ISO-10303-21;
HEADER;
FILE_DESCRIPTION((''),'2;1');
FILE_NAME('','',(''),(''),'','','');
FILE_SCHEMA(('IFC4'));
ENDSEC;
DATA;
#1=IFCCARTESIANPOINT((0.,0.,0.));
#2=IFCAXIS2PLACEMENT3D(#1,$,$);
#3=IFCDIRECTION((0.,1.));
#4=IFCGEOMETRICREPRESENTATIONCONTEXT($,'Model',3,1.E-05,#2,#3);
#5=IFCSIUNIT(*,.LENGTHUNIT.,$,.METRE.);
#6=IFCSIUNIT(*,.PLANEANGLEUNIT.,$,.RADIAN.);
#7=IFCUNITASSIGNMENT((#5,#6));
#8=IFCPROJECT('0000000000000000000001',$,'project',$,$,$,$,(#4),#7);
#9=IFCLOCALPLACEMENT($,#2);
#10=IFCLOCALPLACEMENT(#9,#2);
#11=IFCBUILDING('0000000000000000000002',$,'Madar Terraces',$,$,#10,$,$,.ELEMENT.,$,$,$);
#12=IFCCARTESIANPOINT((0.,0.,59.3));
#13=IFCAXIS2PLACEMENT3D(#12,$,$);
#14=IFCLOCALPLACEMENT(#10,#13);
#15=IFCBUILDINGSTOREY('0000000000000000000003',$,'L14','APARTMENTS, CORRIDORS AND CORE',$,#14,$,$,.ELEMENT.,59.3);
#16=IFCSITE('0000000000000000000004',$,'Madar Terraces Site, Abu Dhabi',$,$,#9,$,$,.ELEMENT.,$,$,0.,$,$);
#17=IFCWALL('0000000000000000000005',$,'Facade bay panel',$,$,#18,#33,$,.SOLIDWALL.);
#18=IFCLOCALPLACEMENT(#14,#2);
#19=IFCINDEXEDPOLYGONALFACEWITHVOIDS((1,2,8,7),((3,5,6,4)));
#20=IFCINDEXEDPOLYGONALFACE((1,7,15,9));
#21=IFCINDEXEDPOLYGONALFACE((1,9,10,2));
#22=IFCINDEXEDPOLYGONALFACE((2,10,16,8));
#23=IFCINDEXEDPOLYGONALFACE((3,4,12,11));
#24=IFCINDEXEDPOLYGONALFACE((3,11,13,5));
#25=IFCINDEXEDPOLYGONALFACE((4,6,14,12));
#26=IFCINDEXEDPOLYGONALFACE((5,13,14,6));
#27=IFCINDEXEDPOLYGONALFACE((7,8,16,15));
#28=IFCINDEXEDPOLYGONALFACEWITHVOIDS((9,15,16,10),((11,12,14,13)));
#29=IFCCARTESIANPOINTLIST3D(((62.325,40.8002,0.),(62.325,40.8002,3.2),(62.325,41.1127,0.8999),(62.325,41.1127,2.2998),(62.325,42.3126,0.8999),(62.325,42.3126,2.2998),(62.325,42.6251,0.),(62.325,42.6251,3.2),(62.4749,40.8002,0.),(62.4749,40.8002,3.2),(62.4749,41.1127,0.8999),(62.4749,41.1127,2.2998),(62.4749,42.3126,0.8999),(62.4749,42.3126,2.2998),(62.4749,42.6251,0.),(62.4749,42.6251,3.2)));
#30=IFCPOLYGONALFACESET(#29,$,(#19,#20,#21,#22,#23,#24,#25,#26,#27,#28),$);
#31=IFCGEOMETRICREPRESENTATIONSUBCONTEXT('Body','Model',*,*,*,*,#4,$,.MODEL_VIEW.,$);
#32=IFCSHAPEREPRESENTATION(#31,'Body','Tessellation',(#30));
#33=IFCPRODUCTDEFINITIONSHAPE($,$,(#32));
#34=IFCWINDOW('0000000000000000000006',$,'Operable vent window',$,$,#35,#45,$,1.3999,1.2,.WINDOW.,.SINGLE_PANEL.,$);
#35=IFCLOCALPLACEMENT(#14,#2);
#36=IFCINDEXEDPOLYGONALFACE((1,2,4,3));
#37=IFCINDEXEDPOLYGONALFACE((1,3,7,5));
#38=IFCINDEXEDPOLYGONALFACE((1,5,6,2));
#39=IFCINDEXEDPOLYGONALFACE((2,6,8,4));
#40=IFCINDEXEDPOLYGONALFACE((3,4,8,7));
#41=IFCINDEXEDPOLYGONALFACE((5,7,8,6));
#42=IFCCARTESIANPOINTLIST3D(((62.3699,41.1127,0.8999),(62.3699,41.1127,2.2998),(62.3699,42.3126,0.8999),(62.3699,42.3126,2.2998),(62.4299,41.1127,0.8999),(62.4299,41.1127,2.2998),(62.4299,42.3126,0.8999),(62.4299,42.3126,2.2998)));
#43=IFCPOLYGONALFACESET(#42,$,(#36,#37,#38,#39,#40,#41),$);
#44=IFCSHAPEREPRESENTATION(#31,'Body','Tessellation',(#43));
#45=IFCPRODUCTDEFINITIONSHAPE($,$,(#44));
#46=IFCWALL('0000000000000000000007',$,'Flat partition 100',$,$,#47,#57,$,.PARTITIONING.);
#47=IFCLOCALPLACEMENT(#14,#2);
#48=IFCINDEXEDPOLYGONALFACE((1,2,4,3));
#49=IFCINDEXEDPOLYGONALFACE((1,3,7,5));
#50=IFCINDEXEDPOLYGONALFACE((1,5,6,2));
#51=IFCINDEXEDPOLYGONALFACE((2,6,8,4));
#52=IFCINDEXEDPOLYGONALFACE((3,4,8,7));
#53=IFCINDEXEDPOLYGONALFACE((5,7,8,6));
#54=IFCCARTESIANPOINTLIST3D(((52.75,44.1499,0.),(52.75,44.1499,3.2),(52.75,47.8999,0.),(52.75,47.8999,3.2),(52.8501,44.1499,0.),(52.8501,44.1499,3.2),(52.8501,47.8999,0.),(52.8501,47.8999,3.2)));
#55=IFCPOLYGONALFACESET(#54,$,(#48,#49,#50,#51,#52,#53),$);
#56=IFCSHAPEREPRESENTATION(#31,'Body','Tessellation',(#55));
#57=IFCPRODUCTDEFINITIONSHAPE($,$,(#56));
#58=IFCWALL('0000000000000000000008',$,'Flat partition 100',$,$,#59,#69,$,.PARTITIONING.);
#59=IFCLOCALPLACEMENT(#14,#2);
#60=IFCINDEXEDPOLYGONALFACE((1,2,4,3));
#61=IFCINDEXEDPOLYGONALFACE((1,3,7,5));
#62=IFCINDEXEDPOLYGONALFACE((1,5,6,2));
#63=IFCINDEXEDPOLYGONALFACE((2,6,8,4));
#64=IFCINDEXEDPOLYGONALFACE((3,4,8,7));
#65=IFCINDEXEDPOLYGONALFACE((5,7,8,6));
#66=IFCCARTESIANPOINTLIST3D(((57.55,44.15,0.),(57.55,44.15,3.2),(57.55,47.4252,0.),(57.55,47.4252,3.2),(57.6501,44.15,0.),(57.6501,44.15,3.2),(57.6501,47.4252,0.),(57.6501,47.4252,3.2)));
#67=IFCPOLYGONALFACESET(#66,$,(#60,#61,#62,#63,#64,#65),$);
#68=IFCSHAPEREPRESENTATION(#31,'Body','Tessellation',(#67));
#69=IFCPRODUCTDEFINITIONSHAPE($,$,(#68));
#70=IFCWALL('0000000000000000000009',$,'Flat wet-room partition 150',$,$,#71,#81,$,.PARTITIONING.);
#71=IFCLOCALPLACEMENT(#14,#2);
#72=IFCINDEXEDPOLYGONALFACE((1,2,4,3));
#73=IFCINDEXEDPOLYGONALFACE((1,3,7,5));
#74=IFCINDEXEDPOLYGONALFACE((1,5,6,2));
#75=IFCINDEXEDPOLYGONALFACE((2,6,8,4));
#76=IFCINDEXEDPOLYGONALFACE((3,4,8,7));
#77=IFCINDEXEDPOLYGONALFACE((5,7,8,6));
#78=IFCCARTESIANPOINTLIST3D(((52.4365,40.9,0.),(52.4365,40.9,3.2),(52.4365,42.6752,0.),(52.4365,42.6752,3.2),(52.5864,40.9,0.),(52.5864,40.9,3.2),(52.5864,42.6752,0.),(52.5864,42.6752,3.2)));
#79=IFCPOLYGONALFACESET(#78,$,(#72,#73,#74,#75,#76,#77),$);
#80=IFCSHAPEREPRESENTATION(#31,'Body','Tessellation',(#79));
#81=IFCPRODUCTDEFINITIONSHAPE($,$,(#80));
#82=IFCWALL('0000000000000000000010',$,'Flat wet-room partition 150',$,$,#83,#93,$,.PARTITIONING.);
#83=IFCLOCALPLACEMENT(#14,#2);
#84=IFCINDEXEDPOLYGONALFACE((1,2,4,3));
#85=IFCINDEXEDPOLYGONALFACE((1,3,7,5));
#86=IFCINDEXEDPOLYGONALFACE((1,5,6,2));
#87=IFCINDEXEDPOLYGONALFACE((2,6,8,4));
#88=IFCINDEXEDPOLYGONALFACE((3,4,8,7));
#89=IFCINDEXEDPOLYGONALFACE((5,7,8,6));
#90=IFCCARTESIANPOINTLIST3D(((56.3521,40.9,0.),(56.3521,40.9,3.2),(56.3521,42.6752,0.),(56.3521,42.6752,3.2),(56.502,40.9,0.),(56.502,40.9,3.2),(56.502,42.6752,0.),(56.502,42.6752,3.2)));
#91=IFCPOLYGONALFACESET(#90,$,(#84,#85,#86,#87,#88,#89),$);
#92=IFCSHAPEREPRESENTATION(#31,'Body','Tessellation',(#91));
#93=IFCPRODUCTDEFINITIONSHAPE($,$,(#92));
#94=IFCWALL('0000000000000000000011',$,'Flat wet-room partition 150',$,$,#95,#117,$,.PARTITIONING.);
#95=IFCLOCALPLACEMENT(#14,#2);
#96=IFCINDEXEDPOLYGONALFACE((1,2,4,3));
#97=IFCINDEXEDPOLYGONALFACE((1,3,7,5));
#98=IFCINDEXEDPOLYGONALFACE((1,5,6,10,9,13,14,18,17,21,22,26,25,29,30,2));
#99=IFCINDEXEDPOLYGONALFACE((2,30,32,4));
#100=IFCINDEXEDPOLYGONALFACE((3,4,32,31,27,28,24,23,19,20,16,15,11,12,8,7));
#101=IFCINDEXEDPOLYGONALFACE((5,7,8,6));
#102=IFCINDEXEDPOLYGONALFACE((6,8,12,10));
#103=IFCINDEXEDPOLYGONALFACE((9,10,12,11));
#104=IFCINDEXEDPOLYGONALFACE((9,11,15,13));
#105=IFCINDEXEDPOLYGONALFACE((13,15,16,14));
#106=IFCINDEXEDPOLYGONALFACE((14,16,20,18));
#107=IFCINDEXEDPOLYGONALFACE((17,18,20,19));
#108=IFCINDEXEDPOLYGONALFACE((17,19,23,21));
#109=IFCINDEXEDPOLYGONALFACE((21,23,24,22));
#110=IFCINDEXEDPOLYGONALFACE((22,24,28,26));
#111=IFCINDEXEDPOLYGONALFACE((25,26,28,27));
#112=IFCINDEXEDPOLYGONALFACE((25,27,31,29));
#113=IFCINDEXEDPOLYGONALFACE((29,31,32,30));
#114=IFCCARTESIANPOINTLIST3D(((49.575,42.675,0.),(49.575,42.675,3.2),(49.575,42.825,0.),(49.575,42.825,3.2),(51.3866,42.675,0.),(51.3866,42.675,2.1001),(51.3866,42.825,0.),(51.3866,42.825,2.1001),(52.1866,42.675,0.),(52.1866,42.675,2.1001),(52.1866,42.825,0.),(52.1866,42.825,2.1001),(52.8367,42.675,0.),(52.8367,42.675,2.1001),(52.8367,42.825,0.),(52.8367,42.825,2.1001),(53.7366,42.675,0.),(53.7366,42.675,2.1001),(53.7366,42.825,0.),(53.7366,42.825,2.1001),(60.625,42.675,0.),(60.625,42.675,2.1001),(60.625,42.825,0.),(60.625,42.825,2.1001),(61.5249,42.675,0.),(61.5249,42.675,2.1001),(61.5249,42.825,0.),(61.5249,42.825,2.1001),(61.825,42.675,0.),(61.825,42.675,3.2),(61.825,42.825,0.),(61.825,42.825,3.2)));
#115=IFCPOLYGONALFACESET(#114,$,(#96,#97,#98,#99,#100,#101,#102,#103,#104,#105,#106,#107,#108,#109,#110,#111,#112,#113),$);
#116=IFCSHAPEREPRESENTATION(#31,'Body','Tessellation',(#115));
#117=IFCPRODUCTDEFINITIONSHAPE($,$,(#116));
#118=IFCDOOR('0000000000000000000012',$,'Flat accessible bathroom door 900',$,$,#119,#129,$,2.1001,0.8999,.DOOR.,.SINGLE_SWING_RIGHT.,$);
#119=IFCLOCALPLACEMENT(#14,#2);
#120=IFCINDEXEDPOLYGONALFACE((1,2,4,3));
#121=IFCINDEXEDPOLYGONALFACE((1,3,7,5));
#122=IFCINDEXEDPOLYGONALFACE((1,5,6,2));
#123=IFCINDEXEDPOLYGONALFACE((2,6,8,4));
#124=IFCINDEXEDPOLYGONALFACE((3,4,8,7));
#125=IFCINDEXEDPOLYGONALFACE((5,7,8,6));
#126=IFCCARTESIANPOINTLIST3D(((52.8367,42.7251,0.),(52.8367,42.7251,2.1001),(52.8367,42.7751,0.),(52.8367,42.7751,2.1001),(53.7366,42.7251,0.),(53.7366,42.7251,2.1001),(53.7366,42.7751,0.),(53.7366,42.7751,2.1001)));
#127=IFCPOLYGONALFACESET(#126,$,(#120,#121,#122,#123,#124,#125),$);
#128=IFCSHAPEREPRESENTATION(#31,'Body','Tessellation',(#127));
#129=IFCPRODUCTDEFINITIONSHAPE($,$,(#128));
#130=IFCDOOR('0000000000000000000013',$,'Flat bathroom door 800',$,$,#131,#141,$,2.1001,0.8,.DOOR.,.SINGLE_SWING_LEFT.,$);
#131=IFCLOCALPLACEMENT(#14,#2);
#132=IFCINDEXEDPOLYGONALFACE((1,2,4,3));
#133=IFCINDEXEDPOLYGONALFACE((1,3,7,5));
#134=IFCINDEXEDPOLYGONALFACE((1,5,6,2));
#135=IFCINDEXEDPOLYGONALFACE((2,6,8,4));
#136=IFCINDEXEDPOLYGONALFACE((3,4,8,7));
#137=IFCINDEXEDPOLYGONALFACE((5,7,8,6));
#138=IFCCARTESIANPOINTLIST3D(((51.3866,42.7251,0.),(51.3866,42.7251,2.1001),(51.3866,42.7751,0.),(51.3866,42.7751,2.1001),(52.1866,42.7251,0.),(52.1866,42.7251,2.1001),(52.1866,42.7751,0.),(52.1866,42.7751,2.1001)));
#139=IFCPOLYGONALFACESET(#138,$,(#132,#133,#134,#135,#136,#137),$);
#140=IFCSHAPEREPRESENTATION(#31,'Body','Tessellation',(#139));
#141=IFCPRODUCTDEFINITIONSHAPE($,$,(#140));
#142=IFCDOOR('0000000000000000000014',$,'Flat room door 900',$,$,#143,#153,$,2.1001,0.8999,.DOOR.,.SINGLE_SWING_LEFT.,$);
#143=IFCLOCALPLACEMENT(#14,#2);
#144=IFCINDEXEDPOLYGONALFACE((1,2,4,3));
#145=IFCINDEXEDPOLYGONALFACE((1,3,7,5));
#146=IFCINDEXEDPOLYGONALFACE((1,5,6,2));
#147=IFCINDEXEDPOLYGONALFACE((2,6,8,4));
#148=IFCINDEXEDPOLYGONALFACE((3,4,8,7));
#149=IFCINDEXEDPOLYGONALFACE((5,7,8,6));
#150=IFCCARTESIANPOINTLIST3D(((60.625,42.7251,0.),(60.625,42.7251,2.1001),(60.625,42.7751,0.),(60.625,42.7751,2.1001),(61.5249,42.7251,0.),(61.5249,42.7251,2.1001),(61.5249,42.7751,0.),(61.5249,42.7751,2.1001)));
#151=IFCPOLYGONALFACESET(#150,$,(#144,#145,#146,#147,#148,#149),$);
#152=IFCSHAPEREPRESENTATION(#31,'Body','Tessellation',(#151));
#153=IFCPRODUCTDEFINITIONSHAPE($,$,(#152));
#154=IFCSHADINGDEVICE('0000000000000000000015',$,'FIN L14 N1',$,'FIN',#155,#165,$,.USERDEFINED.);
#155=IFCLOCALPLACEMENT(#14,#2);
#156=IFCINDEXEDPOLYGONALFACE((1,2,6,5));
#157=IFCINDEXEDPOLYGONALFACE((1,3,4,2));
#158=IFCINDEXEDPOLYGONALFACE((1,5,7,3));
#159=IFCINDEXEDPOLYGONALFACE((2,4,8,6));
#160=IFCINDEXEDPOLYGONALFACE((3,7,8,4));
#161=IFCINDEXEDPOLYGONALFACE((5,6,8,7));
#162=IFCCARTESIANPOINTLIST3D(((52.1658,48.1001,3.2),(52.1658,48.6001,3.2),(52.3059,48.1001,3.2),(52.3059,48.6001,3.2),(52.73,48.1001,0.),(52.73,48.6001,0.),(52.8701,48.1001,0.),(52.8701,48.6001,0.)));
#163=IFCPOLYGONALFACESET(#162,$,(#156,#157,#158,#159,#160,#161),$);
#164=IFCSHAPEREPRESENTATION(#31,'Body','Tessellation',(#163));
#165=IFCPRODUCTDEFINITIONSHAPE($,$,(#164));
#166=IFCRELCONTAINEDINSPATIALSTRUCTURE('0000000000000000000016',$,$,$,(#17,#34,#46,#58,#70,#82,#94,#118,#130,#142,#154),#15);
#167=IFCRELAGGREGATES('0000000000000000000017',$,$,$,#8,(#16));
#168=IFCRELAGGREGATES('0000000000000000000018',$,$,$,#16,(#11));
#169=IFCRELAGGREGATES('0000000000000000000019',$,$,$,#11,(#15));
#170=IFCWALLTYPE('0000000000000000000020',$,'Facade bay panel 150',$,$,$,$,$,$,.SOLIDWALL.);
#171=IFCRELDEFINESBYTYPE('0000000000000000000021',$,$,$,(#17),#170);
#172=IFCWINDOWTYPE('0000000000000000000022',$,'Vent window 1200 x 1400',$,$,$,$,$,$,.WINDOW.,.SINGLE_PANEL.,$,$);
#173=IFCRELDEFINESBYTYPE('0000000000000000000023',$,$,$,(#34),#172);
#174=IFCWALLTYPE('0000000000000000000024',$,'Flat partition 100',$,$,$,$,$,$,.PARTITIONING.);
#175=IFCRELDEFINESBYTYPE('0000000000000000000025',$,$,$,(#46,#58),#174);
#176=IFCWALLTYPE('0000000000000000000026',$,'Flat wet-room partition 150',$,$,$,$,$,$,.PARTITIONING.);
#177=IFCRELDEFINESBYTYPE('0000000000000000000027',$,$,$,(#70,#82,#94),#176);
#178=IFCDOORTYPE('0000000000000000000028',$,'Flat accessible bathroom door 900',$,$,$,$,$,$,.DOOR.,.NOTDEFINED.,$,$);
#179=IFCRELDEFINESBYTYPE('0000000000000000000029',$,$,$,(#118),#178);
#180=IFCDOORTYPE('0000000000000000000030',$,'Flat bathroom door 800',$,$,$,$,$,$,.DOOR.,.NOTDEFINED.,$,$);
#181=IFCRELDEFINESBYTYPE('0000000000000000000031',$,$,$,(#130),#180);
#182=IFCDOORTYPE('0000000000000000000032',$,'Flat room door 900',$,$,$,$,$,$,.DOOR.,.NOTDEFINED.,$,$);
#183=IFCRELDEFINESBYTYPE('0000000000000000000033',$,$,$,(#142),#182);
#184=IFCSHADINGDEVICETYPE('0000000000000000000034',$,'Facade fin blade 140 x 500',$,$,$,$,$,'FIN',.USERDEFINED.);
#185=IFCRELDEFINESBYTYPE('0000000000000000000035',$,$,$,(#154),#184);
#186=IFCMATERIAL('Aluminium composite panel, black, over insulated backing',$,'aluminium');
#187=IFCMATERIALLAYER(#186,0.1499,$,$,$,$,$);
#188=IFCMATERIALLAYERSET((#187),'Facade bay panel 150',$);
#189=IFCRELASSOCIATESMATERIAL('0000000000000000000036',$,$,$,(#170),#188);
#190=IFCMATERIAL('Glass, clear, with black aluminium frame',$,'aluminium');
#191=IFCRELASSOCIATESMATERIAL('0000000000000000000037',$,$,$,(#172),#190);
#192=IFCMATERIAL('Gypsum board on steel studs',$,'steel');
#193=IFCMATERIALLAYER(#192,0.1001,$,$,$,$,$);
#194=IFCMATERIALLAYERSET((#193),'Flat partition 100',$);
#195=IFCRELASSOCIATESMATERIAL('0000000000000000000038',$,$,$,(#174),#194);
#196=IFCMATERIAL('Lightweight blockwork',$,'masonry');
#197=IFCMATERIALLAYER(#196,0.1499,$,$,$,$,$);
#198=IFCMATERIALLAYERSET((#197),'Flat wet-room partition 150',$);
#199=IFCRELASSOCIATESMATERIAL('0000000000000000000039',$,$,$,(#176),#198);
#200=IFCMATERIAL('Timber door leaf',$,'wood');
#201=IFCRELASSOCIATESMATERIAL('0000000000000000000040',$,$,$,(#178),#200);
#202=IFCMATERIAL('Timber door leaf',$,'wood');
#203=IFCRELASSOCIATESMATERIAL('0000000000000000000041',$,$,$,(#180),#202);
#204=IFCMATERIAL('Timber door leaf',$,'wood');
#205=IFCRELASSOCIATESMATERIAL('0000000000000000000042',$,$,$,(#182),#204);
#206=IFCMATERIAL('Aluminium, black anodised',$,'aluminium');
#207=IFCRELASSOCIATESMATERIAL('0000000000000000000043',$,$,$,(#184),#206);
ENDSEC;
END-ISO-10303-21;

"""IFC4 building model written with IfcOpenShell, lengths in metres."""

from ifc_helpers import new_model, si_unit, direction, frame, frame_2d, origin, place, context, subcontext, project, spatial, polyline, rectangle, outline, extrude, material, layer, layer_set, type_object, element, fill, save


model = new_model("IFC4")

# Units and contexts
model_context = context("Model", 3, precision=1e-05, world=origin(), true_north=direction((0.0, 1.0)))
body_context = subcontext(model_context, "Body", "Model", "MODEL_VIEW")
ifc_project = project(units=[si_unit("LENGTHUNIT", "METRE"), si_unit("PLANEANGLEUNIT", "RADIAN")], contexts=[model_context])

# Site, building, storey
site_placement = place(None, origin())
site = spatial("IfcSite", under=ifc_project, at=site_placement, Name="Madar Terraces Site, Abu Dhabi", CompositionType="ELEMENT", RefElevation=0.0)
building_placement = place(site_placement, origin())
building = spatial("IfcBuilding", under=site, at=building_placement, Name="Madar Terraces", CompositionType="ELEMENT")
storey_placement = place(building_placement, frame((0.0, 0.0, 59.3)))
storey = spatial("IfcBuildingStorey", under=building, at=storey_placement, Name="L14", Description="APARTMENTS, CORRIDORS AND CORE", CompositionType="ELEMENT", Elevation=59.3)

# Wall, opening, window
ifc_material_1 = material(Name="Aluminium composite panel, black, over insulated backing", Category="aluminium")
ifc_layer_1 = layer(ifc_material_1, 0.1499)
ifc_layer_set_1 = layer_set([ifc_layer_1], Name="Facade bay panel 150")
wall_type_1 = type_object("IfcWallType", Name="Facade bay panel 150", PredefinedType="SOLIDWALL", material=ifc_layer_set_1)
wall_1_placement = place(storey_placement, frame((62.3999, 40.8, 0.0), z_axis=(0.0, 0.0, 1.0), x_axis=(0.0, 1.0, 0.0)))
wall_1 = element("IfcWall", 1, at=wall_1_placement, inside=storey, type_object=wall_type_1, Name="Facade bay panel", PredefinedType="SOLIDWALL", context=body_context, shape_type="SweptSolid", body=[
    extrude(rectangle(XDim=1.825, YDim=0.1499, at=frame_2d((0.9126, 0.0))), origin(), (0.0, 0.0, 1.0), 3.2),
])
opening_1_placement = place(wall_1_placement, frame((0.3125, 0.0, 0.8999)))
opening_1 = element("IfcOpeningElement", 2, at=opening_1_placement, cuts=wall_1, PredefinedType="OPENING", context=body_context, shape_type="SweptSolid", body=[
    extrude(rectangle(XDim=1.2, YDim=1.3999, at=frame_2d((0.6001, 0.7))), frame((0.0, 0.085, 0.0), z_axis=(0.0, -1.0, 0.0), x_axis=(1.0, 0.0, 0.0)), (0.0, 0.0, 1.0), 0.1699),
])
ifc_material_2 = material(Name="Glass, clear, with black aluminium frame", Category="aluminium")
window_type = type_object("IfcWindowType", Name="Vent window 1200 x 1400", PartitioningType="SINGLE_PANEL", PredefinedType="WINDOW", material=ifc_material_2)
window_placement = place(opening_1_placement, origin())
window = element("IfcWindow", 3, at=window_placement, inside=storey, type_object=window_type, Name="Operable vent window", OverallHeight=1.3999, OverallWidth=1.2, PartitioningType="SINGLE_PANEL", PredefinedType="WINDOW", context=body_context, shape_type="SweptSolid", body=[
    extrude(rectangle(XDim=1.2, YDim=1.3999, at=frame_2d((0.6001, 0.7))), frame((0.0, 0.03, 0.0), z_axis=(0.0, -1.0, 0.0), x_axis=(1.0, 0.0, 0.0)), (0.0, 0.0, 1.0), 0.0601),
])
fill(opening_1, window)

# Walls
ifc_material_3 = material(Name="Gypsum board on steel studs", Category="steel")
ifc_layer_2 = layer(ifc_material_3, 0.1001)
ifc_layer_set_2 = layer_set([ifc_layer_2], Name="Flat partition 100")
wall_type_2 = type_object("IfcWallType", Name="Flat partition 100", PredefinedType="PARTITIONING", material=ifc_layer_set_2)
wall_2_placement = place(storey_placement, frame((52.8, 44.1499, 0.0), z_axis=(0.0, 0.0, 1.0), x_axis=(0.0, 1.0, 0.0)))
element("IfcWall", 4, at=wall_2_placement, inside=storey, type_object=wall_type_2, Name="Flat partition 100", PredefinedType="PARTITIONING", context=body_context, shape_type="SweptSolid", body=[
    extrude(rectangle(XDim=3.75, YDim=0.1001, at=frame_2d((1.875, 0.0))), origin(), (0.0, 0.0, 1.0), 3.2),
])
wall_3_placement = place(storey_placement, frame((57.6001, 44.1499, 0.0), z_axis=(0.0, 0.0, 1.0), x_axis=(0.0, 1.0, 0.0)))
element("IfcWall", 5, at=wall_3_placement, inside=storey, type_object=wall_type_2, Name="Flat partition 100", PredefinedType="PARTITIONING", context=body_context, shape_type="SweptSolid", body=[
    extrude(rectangle(XDim=3.2751, YDim=0.1001, at=frame_2d((1.6377, 0.0))), origin(), (0.0, 0.0, 1.0), 3.2),
])
ifc_material_4 = material(Name="Lightweight blockwork", Category="masonry")
ifc_layer_3 = layer(ifc_material_4, 0.1499)
ifc_layer_set_3 = layer_set([ifc_layer_3], Name="Flat wet-room partition 150")
wall_type_3 = type_object("IfcWallType", Name="Flat wet-room partition 150", PredefinedType="PARTITIONING", material=ifc_layer_set_3)
for number, where, z_axis, x_axis, name in (
    (6, (52.5115, 40.8999, 0.0), (0.0, 0.0, 1.0), (0.0, 1.0, 0.0), "Flat wet-room partition 150"),
    (7, (56.427, 40.8999, 0.0), (0.0, 0.0, 1.0), (0.0, 1.0, 0.0), "Flat wet-room partition 150"),
):
    element("IfcWall", number, at=place(storey_placement, frame(where, z_axis=z_axis, x_axis=x_axis)), inside=storey, type_object=wall_type_3, Name=name, PredefinedType="PARTITIONING", context=body_context, shape_type="SweptSolid", body=[
        extrude(rectangle(XDim=1.7751, YDim=0.1499, at=frame_2d((0.8877, 0.0))), origin(), (0.0, 0.0, 1.0), 3.2),
    ])

# Wall, openings, doors
wall_4_placement = place(storey_placement, frame((61.825, 42.75, 0.0), z_axis=(0.0, 0.0, 1.0), x_axis=(-1.0, 0.0, 0.0)))
wall_4 = element("IfcWall", 8, at=wall_4_placement, inside=storey, type_object=wall_type_3, Name="Flat wet-room partition 150", PredefinedType="PARTITIONING", context=body_context, shape_type="SweptSolid", body=[
    extrude(rectangle(XDim=12.25, YDim=0.1499, at=frame_2d((6.125, 0.0))), origin(), (0.0, 0.0, 1.0), 3.2),
])
opening_2_placement = place(wall_4_placement, frame((9.6384, 0.0, 0.0)))
opening_2 = element("IfcOpeningElement", 9, at=opening_2_placement, cuts=wall_4, PredefinedType="OPENING", context=body_context, shape_type="SweptSolid", body=[
    extrude(rectangle(XDim=0.8, YDim=2.1001, at=frame_2d((0.3999, 1.05))), frame((0.0, 0.085, 0.0), z_axis=(0.0, -1.0, 0.0), x_axis=(1.0, 0.0, 0.0)), (0.0, 0.0, 1.0), 0.1699),
])
opening_3_placement = place(wall_4_placement, frame((8.0884, 0.0, 0.0)))
opening_3 = element("IfcOpeningElement", 10, at=opening_3_placement, cuts=wall_4, PredefinedType="OPENING", context=body_context, shape_type="SweptSolid", body=[
    extrude(rectangle(XDim=0.8999, YDim=2.1001, at=frame_2d((0.45, 1.05))), frame((0.0, 0.085, 0.0), z_axis=(0.0, -1.0, 0.0), x_axis=(1.0, 0.0, 0.0)), (0.0, 0.0, 1.0), 0.1699),
])
opening_4_placement = place(wall_4_placement, frame((0.3, 0.0, 0.0)))
opening_4 = element("IfcOpeningElement", 11, at=opening_4_placement, cuts=wall_4, PredefinedType="OPENING", context=body_context, shape_type="SweptSolid", body=[
    extrude(rectangle(XDim=0.8999, YDim=2.1001, at=frame_2d((0.45, 1.05))), frame((0.0, 0.085, 0.0), z_axis=(0.0, -1.0, 0.0), x_axis=(1.0, 0.0, 0.0)), (0.0, 0.0, 1.0), 0.1699),
])
ifc_material_5 = material(Name="Timber door leaf", Category="wood")
door_type_1 = type_object("IfcDoorType", Name="Flat accessible bathroom door 900", OperationType="NOTDEFINED", PredefinedType="DOOR", material=ifc_material_5)
door_1_placement = place(opening_3_placement, origin())
door_1 = element("IfcDoor", 12, at=door_1_placement, inside=storey, type_object=door_type_1, Name="Flat accessible bathroom door 900", OperationType="SINGLE_SWING_RIGHT", OverallHeight=2.1001, OverallWidth=0.8999, PredefinedType="DOOR", context=body_context, shape_type="SweptSolid", body=[
    extrude(rectangle(XDim=0.8999, YDim=2.1001, at=frame_2d((0.45, 1.05))), frame((0.0, 0.0249, 0.0), z_axis=(0.0, -1.0, 0.0), x_axis=(1.0, 0.0, 0.0)), (0.0, 0.0, 1.0), 0.05),
])
fill(opening_3, door_1)
ifc_material_6 = material(Name="Timber door leaf", Category="wood")
door_type_2 = type_object("IfcDoorType", Name="Flat bathroom door 800", OperationType="NOTDEFINED", PredefinedType="DOOR", material=ifc_material_6)
door_2_placement = place(opening_2_placement, origin())
door_2 = element("IfcDoor", 13, at=door_2_placement, inside=storey, type_object=door_type_2, Name="Flat bathroom door 800", OperationType="SINGLE_SWING_LEFT", OverallHeight=2.1001, OverallWidth=0.8, PredefinedType="DOOR", context=body_context, shape_type="SweptSolid", body=[
    extrude(rectangle(XDim=0.8, YDim=2.1001, at=frame_2d((0.3999, 1.05))), frame((0.0, 0.0249, 0.0), z_axis=(0.0, -1.0, 0.0), x_axis=(1.0, 0.0, 0.0)), (0.0, 0.0, 1.0), 0.05),
])
fill(opening_2, door_2)
ifc_material_7 = material(Name="Timber door leaf", Category="wood")
door_type_3 = type_object("IfcDoorType", Name="Flat room door 900", OperationType="NOTDEFINED", PredefinedType="DOOR", material=ifc_material_7)
door_3_placement = place(opening_4_placement, origin())
door_3 = element("IfcDoor", 14, at=door_3_placement, inside=storey, type_object=door_type_3, Name="Flat room door 900", OperationType="SINGLE_SWING_LEFT", OverallHeight=2.1001, OverallWidth=0.8999, PredefinedType="DOOR", context=body_context, shape_type="SweptSolid", body=[
    extrude(rectangle(XDim=0.8999, YDim=2.1001, at=frame_2d((0.45, 1.05))), frame((0.0, 0.0249, 0.0), z_axis=(0.0, -1.0, 0.0), x_axis=(1.0, 0.0, 0.0)), (0.0, 0.0, 1.0), 0.05),
])
fill(opening_4, door_3)

# Shading device
ifc_material_8 = material(Name="Aluminium, black anodised", Category="aluminium")
shading_device_type = type_object("IfcShadingDeviceType", Name="Facade fin blade 140 x 500", ElementType="FIN", PredefinedType="USERDEFINED", material=ifc_material_8)
shading_device_1_placement = place(storey_placement, frame((52.8701, 48.3501, 0.0), z_axis=(0.0, 0.0, 1.0), x_axis=(-1.0, 0.0, 0.0)))
element("IfcShadingDevice", 15, at=shading_device_1_placement, inside=storey, type_object=shading_device_type, Name="FIN L14 N1", ObjectType="FIN", PredefinedType="USERDEFINED", context=body_context, shape_type="SweptSolid", body=[
    extrude(outline(polyline([(0.0, 0.0), (0.1401, 0.0), (0.7043, 3.2), (0.5642, 3.2), (0.0, 0.0)])), frame((0.0, 0.25, 0.0), z_axis=(0.0, -1.0, 0.0), x_axis=(1.0, 0.0, 0.0)), (0.0, 0.0, 1.0), 0.5),
])

save(model, "model.ifc")
